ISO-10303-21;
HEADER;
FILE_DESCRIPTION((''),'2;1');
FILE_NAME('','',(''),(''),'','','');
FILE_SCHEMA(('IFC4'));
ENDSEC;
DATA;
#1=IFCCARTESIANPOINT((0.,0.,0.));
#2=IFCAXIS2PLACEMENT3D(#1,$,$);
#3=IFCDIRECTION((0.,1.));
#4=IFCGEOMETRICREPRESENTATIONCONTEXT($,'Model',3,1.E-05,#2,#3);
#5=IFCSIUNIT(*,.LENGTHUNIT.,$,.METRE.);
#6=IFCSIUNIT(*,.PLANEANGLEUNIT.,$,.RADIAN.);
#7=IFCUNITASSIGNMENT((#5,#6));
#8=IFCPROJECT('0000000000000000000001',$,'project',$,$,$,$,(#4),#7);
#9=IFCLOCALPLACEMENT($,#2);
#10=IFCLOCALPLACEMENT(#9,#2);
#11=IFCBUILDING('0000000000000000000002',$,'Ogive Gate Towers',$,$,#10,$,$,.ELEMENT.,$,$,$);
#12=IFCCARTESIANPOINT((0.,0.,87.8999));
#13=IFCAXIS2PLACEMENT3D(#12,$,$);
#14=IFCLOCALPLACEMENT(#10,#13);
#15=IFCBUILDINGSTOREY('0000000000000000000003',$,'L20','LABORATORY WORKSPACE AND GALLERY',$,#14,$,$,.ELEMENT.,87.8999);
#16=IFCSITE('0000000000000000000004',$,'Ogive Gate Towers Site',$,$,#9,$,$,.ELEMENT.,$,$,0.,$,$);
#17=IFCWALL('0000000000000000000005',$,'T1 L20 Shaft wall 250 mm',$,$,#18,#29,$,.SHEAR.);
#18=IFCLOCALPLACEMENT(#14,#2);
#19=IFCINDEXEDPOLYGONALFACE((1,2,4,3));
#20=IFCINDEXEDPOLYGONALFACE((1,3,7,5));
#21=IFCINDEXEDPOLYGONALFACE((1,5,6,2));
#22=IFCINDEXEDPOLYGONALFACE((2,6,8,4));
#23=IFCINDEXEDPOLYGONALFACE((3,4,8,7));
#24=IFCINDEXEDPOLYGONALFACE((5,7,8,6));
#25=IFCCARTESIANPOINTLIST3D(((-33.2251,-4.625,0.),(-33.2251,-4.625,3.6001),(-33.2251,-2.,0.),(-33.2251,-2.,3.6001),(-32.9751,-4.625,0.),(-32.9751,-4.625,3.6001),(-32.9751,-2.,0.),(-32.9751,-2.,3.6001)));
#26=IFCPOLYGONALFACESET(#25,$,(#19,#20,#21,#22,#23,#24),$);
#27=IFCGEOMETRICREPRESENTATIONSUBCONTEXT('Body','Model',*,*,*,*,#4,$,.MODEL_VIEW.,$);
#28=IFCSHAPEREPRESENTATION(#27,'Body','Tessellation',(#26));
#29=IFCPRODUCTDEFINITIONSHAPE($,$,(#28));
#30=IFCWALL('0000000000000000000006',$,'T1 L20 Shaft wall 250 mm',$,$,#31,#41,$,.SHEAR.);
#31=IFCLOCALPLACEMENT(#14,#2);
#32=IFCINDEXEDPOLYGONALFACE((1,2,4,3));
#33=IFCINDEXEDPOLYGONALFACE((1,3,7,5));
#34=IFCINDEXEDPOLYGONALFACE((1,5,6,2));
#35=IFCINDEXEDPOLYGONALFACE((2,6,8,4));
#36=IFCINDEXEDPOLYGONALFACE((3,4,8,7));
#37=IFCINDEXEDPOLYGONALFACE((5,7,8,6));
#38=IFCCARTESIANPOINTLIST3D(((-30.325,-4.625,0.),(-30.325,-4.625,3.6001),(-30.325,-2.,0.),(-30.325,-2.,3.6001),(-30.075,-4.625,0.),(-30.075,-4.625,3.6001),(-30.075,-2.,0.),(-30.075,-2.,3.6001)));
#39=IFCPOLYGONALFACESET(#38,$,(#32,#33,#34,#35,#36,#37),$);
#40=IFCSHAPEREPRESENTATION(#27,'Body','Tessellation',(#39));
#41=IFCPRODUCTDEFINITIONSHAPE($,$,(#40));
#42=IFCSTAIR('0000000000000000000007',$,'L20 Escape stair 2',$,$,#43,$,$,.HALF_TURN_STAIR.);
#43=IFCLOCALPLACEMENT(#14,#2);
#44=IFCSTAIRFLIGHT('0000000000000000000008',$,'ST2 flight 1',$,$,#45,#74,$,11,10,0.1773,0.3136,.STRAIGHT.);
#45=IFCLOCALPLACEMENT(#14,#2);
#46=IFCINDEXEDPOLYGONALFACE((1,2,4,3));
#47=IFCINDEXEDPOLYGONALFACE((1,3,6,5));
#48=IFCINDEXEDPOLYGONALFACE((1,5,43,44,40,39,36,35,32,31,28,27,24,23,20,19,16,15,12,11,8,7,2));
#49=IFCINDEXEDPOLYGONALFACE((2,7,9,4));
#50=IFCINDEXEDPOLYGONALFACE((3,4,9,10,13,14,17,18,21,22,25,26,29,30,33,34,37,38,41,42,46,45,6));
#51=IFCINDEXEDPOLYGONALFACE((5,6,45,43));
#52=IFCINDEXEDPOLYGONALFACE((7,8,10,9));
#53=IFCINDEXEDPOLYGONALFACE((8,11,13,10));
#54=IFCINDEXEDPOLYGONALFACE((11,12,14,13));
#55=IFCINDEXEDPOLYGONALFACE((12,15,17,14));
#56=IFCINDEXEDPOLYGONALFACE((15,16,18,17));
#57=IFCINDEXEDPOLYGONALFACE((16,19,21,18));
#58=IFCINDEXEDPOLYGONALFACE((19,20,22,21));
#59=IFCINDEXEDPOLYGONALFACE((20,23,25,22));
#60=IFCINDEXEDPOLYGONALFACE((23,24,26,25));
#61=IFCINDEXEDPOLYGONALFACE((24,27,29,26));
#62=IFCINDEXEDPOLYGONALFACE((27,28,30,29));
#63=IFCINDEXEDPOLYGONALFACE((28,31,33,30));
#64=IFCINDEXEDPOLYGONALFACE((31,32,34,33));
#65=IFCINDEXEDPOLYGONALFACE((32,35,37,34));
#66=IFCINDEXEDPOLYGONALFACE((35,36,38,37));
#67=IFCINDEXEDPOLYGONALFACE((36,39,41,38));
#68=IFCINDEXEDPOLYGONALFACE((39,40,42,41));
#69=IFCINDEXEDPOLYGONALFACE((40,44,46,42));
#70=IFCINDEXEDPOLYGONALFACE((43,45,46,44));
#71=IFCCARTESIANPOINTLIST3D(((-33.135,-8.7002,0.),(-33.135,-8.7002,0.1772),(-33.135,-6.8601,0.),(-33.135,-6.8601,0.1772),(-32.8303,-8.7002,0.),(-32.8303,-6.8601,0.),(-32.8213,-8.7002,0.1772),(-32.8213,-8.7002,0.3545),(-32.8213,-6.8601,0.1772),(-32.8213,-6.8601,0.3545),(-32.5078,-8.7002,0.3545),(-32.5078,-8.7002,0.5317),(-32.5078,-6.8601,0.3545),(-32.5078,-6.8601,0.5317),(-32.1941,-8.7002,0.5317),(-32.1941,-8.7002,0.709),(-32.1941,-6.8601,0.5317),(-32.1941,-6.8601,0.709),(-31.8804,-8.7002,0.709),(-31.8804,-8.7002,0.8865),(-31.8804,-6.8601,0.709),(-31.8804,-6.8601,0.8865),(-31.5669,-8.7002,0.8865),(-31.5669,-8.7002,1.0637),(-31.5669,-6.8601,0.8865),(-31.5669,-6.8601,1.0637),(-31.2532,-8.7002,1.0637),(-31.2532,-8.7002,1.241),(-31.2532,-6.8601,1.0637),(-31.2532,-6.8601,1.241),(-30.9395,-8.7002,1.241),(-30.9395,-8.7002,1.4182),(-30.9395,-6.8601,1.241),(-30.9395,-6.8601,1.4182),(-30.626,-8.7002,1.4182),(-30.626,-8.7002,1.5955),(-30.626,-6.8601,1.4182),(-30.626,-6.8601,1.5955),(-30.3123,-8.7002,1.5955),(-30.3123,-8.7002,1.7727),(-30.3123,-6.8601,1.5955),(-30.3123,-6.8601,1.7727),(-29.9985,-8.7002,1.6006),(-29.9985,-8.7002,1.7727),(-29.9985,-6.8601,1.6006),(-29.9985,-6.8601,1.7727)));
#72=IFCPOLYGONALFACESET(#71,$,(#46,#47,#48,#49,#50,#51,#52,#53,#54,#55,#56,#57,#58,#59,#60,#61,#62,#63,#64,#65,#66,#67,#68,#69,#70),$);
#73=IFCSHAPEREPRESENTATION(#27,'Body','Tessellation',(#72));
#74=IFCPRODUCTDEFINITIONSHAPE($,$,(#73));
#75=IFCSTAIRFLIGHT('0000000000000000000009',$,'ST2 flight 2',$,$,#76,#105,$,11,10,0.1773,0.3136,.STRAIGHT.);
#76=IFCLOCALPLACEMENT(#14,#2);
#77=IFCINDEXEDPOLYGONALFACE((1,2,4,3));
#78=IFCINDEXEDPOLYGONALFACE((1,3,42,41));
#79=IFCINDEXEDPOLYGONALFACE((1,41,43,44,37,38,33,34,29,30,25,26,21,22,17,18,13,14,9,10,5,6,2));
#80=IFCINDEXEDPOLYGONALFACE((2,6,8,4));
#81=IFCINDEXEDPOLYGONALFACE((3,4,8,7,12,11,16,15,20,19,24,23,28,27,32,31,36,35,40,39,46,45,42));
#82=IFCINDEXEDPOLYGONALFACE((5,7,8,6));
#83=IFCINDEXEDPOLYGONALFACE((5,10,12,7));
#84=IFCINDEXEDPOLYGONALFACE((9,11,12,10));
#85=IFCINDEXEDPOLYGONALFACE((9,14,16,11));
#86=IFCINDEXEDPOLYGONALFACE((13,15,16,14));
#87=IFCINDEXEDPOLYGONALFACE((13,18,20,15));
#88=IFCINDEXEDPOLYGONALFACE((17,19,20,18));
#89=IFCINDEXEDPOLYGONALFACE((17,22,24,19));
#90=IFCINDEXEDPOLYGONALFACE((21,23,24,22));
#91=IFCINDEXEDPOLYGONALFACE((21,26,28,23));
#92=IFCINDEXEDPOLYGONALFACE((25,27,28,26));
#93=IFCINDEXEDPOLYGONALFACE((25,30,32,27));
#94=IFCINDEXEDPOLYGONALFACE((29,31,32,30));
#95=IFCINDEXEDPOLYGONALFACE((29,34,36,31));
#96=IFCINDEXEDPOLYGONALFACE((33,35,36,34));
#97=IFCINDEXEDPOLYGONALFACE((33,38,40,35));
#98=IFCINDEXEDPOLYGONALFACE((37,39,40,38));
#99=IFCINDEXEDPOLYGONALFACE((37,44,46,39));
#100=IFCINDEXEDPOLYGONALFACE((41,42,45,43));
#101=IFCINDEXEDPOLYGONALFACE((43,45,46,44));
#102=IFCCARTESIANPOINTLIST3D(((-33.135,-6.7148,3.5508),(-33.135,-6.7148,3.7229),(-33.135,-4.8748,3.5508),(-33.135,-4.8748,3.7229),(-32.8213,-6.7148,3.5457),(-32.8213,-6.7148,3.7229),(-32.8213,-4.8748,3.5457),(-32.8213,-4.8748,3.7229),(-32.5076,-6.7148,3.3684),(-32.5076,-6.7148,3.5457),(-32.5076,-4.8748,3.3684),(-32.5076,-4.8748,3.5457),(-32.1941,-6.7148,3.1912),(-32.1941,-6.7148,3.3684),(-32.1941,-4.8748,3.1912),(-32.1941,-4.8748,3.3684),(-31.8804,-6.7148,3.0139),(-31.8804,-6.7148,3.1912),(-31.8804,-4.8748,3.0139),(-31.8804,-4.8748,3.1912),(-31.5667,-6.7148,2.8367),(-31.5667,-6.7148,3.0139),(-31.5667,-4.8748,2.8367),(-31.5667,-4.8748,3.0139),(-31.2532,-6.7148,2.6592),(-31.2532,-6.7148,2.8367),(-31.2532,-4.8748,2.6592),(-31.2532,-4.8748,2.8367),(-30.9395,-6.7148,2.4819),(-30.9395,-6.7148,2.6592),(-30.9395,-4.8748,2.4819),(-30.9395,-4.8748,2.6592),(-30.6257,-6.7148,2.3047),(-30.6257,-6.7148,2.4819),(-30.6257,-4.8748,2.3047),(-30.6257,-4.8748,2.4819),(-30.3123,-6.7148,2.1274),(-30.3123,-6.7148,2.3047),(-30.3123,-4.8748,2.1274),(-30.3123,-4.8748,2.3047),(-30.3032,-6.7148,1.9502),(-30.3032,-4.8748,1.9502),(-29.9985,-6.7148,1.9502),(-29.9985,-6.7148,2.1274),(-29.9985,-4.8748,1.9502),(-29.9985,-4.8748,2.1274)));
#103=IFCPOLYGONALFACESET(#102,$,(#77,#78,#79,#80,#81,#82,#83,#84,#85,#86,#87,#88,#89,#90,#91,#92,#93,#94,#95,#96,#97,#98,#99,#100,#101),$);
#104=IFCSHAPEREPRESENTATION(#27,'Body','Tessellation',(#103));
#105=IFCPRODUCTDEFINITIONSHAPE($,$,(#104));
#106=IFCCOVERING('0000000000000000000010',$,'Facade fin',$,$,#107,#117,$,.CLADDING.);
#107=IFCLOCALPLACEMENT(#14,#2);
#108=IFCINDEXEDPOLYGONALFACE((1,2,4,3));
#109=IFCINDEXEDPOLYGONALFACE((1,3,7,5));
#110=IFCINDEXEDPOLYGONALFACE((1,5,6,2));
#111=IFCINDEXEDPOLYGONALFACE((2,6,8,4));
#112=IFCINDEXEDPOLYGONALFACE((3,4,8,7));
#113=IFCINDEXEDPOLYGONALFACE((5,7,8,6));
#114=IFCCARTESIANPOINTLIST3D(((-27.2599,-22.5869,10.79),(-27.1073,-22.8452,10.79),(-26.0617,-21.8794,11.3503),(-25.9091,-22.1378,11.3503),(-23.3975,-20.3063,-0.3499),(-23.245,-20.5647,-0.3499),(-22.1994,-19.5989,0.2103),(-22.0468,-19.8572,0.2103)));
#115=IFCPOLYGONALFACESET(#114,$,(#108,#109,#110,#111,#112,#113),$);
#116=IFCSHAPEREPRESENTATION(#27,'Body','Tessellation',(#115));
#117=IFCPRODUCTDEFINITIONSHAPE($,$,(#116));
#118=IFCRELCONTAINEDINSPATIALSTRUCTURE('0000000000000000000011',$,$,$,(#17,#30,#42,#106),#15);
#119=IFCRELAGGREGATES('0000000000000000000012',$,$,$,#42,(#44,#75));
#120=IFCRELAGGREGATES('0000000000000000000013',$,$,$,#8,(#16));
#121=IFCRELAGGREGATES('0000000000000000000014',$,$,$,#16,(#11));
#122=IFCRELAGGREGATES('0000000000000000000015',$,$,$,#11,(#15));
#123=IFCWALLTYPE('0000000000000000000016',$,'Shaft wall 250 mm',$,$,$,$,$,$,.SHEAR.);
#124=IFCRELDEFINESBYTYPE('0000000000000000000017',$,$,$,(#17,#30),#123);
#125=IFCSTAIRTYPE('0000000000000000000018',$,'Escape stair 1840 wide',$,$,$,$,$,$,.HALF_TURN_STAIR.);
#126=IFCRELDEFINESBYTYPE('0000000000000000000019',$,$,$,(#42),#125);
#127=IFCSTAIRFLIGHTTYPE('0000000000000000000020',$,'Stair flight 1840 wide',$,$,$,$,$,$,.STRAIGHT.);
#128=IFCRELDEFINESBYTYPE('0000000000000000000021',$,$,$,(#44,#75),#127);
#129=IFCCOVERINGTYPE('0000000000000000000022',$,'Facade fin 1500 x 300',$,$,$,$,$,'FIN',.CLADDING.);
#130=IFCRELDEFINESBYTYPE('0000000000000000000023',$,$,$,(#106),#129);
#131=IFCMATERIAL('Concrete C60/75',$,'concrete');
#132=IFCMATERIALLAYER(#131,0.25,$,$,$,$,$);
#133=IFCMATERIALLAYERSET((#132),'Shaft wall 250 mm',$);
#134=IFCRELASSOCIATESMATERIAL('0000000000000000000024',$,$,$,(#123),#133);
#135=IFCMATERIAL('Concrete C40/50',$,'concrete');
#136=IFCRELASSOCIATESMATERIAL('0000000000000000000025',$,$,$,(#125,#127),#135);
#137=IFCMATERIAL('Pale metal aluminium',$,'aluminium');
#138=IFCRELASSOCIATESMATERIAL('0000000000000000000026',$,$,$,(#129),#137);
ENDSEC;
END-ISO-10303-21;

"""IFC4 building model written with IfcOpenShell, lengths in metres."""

from ifc_helpers import new_model, si_unit, direction, frame, frame_2d, origin, origin_2d, place, context, subcontext, project, spatial, polyline, rectangle, outline, extrude, material, layer, layer_set, material_profile, profile_set, type_object, element, aggregate, save


model = new_model("IFC4")

# Units and contexts
model_context = context("Model", 3, precision=1e-05, world=origin(), true_north=direction((0.0, 1.0)))
body_context = subcontext(model_context, "Body", "Model", "MODEL_VIEW")
ifc_project = project(units=[si_unit("LENGTHUNIT", "METRE"), si_unit("PLANEANGLEUNIT", "RADIAN")], contexts=[model_context])

# Site, building, storey
site_placement = place(None, origin())
site = spatial("IfcSite", under=ifc_project, at=site_placement, Name="Ogive Gate Towers Site", CompositionType="ELEMENT", RefElevation=0.0)
building_placement = place(site_placement, origin())
building = spatial("IfcBuilding", under=site, at=building_placement, Name="Ogive Gate Towers", CompositionType="ELEMENT")
storey_placement = place(building_placement, frame((0.0, 0.0, 87.8999)))
storey = spatial("IfcBuildingStorey", under=building, at=storey_placement, Name="L20", Description="LABORATORY WORKSPACE AND GALLERY", CompositionType="ELEMENT", Elevation=87.8999)

# Shared definitions
ifc_material_1 = material(Name="Pale metal aluminium", Category="aluminium")

# Shared definitions
ifc_material_2 = material(Name="Concrete C60/75", Category="concrete")

# Shared definitions
ifc_layer_1 = layer(ifc_material_2, 0.25)
ifc_layer_set_1 = layer_set([ifc_layer_1], Name="Shaft wall 250 mm")
wall_type_1 = type_object("IfcWallType", Name="Shaft wall 250 mm", PredefinedType="SHEAR", material=ifc_layer_set_1)

# Walls
for number, where, z_axis, x_axis, name in (
    (1, (-33.1001, -4.625, 0.0), (0.0, 0.0, 1.0), (0.0, 1.0, 0.0), "T1 L20 Shaft wall 250 mm"),
    (2, (-30.2, -4.625, 0.0), (0.0, 0.0, 1.0), (0.0, 1.0, 0.0), "T1 L20 Shaft wall 250 mm"),
):
    element("IfcWall", number, at=place(storey_placement, frame(where, z_axis=z_axis, x_axis=x_axis)), inside=storey, type_object=wall_type_1, Name=name, PredefinedType="SHEAR", context=body_context, shape_type="SweptSolid", body=[
        extrude(rectangle(XDim=2.625, YDim=0.25, at=frame_2d((1.3125, 0.0))), origin(), (0.0, 0.0, 1.0), 3.6001),
    ])

# Stair, stair flights
ifc_material_3 = material(Name="Concrete C40/50", Category="concrete")
stair_type = type_object("IfcStairType", Name="Escape stair 1840 wide", PredefinedType="HALF_TURN_STAIR", material=ifc_material_3)
stair_placement = place(storey_placement, origin())
stair = element("IfcStair", 3, at=stair_placement, inside=storey, type_object=stair_type, Name="L20 Escape stair 2", PredefinedType="HALF_TURN_STAIR")
stair_flight_type = type_object("IfcStairFlightType", Name="Stair flight 1840 wide", PredefinedType="STRAIGHT", material=ifc_material_3)
stair_flight_1_placement = place(storey_placement, frame((-33.135, -7.78, 0.0), z_axis=(0.0, 0.0, 1.0), x_axis=(1.0, 0.0, 0.0)))
stair_flight_1 = element("IfcStairFlight", 4, at=stair_flight_1_placement, type_object=stair_flight_type, Name="ST2 flight 1", NumberOfRisers=11, NumberOfTreads=10, PredefinedType="STRAIGHT", RiserHeight=0.1773, TreadLength=0.3136, context=body_context, shape_type="SweptSolid", body=[
    extrude(outline(polyline([(0.0, 0.0), (0.0, 0.1772), (0.3137, 0.1772), (0.3137, 0.3545), (0.6272, 0.3545), (0.6272, 0.5317), (0.9409, 0.5317), (0.9409, 0.709), (1.2546, 0.709), (1.2546, 0.8865), (1.5681, 0.8865), (1.5681, 1.0637), (1.8818, 1.0637), (1.8818, 1.241), (2.1956, 1.241), (2.1956, 1.4182), (2.509, 1.4182), (2.509, 1.5955), (2.8228, 1.5955), (2.8228, 1.7727), (3.1365, 1.7727), (3.1365, 1.95), (3.1365, 1.6006), (0.3047, 0.0), (0.0, 0.0)])), frame((0.0, 0.9199, 0.0), z_axis=(0.0, -1.0, 0.0), x_axis=(1.0, 0.0, 0.0)), (0.0, 0.0, 1.0), 1.8401),
])
stair_flight_2_placement = place(storey_placement, frame((-29.9985, -5.7949, 1.9502), z_axis=(0.0, 0.0, 1.0), x_axis=(-1.0, 0.0, 0.0)))
stair_flight_2 = element("IfcStairFlight", 5, at=stair_flight_2_placement, type_object=stair_flight_type, Name="ST2 flight 2", NumberOfRisers=11, NumberOfTreads=10, PredefinedType="STRAIGHT", RiserHeight=0.1773, TreadLength=0.3136, context=body_context, shape_type="SweptSolid", body=[
    extrude(outline(polyline([(0.0, 0.0), (0.0, 0.1772), (0.3137, 0.1772), (0.3137, 0.3545), (0.6272, 0.3545), (0.6272, 0.5317), (0.9409, 0.5317), (0.9409, 0.709), (1.2546, 0.709), (1.2546, 0.8865), (1.5681, 0.8865), (1.5681, 1.0637), (1.8818, 1.0637), (1.8818, 1.241), (2.1956, 1.241), (2.1956, 1.4182), (2.509, 1.4182), (2.509, 1.5955), (2.8228, 1.5955), (2.8228, 1.7727), (3.1365, 1.7727), (3.1365, 1.95), (3.1365, 1.6006), (0.3047, 0.0), (0.0, 0.0)])), frame((0.0, 0.9199, 0.0), z_axis=(0.0, -1.0, 0.0), x_axis=(1.0, 0.0, 0.0)), (0.0, 0.0, 1.0), 1.8401),
])
aggregate(stair, [stair_flight_1, stair_flight_2])

# Covering
ifc_material_profile_1 = material_profile(ifc_material_1, rectangle(XDim=0.3, YDim=1.5, at=origin_2d()), Name="1500 x 300 pale metal aluminium")
ifc_profile_set_1 = profile_set([ifc_material_profile_1], Name="Pale metal aluminium")
covering_type = type_object("IfcCoveringType", Name="Facade fin 1500 x 300", ElementType="FIN", PredefinedType="CLADDING", material=ifc_profile_set_1)
covering_placement = place(storey_placement, frame((-22.7222, -20.0818, -0.0698), z_axis=(-0.321618, -0.189901, 0.927631), x_axis=(0.50844, -0.861098, 0.0)))
element("IfcCovering", 6, at=covering_placement, inside=storey, type_object=covering_type, Name="Facade fin", PredefinedType="CLADDING", context=body_context, shape_type="SweptSolid", body=[
    extrude(rectangle(XDim=0.3, YDim=1.5, at=origin_2d()), origin(), (0.0, 0.0, 1.0), 12.009),
])

save(model, "model.ifc")
